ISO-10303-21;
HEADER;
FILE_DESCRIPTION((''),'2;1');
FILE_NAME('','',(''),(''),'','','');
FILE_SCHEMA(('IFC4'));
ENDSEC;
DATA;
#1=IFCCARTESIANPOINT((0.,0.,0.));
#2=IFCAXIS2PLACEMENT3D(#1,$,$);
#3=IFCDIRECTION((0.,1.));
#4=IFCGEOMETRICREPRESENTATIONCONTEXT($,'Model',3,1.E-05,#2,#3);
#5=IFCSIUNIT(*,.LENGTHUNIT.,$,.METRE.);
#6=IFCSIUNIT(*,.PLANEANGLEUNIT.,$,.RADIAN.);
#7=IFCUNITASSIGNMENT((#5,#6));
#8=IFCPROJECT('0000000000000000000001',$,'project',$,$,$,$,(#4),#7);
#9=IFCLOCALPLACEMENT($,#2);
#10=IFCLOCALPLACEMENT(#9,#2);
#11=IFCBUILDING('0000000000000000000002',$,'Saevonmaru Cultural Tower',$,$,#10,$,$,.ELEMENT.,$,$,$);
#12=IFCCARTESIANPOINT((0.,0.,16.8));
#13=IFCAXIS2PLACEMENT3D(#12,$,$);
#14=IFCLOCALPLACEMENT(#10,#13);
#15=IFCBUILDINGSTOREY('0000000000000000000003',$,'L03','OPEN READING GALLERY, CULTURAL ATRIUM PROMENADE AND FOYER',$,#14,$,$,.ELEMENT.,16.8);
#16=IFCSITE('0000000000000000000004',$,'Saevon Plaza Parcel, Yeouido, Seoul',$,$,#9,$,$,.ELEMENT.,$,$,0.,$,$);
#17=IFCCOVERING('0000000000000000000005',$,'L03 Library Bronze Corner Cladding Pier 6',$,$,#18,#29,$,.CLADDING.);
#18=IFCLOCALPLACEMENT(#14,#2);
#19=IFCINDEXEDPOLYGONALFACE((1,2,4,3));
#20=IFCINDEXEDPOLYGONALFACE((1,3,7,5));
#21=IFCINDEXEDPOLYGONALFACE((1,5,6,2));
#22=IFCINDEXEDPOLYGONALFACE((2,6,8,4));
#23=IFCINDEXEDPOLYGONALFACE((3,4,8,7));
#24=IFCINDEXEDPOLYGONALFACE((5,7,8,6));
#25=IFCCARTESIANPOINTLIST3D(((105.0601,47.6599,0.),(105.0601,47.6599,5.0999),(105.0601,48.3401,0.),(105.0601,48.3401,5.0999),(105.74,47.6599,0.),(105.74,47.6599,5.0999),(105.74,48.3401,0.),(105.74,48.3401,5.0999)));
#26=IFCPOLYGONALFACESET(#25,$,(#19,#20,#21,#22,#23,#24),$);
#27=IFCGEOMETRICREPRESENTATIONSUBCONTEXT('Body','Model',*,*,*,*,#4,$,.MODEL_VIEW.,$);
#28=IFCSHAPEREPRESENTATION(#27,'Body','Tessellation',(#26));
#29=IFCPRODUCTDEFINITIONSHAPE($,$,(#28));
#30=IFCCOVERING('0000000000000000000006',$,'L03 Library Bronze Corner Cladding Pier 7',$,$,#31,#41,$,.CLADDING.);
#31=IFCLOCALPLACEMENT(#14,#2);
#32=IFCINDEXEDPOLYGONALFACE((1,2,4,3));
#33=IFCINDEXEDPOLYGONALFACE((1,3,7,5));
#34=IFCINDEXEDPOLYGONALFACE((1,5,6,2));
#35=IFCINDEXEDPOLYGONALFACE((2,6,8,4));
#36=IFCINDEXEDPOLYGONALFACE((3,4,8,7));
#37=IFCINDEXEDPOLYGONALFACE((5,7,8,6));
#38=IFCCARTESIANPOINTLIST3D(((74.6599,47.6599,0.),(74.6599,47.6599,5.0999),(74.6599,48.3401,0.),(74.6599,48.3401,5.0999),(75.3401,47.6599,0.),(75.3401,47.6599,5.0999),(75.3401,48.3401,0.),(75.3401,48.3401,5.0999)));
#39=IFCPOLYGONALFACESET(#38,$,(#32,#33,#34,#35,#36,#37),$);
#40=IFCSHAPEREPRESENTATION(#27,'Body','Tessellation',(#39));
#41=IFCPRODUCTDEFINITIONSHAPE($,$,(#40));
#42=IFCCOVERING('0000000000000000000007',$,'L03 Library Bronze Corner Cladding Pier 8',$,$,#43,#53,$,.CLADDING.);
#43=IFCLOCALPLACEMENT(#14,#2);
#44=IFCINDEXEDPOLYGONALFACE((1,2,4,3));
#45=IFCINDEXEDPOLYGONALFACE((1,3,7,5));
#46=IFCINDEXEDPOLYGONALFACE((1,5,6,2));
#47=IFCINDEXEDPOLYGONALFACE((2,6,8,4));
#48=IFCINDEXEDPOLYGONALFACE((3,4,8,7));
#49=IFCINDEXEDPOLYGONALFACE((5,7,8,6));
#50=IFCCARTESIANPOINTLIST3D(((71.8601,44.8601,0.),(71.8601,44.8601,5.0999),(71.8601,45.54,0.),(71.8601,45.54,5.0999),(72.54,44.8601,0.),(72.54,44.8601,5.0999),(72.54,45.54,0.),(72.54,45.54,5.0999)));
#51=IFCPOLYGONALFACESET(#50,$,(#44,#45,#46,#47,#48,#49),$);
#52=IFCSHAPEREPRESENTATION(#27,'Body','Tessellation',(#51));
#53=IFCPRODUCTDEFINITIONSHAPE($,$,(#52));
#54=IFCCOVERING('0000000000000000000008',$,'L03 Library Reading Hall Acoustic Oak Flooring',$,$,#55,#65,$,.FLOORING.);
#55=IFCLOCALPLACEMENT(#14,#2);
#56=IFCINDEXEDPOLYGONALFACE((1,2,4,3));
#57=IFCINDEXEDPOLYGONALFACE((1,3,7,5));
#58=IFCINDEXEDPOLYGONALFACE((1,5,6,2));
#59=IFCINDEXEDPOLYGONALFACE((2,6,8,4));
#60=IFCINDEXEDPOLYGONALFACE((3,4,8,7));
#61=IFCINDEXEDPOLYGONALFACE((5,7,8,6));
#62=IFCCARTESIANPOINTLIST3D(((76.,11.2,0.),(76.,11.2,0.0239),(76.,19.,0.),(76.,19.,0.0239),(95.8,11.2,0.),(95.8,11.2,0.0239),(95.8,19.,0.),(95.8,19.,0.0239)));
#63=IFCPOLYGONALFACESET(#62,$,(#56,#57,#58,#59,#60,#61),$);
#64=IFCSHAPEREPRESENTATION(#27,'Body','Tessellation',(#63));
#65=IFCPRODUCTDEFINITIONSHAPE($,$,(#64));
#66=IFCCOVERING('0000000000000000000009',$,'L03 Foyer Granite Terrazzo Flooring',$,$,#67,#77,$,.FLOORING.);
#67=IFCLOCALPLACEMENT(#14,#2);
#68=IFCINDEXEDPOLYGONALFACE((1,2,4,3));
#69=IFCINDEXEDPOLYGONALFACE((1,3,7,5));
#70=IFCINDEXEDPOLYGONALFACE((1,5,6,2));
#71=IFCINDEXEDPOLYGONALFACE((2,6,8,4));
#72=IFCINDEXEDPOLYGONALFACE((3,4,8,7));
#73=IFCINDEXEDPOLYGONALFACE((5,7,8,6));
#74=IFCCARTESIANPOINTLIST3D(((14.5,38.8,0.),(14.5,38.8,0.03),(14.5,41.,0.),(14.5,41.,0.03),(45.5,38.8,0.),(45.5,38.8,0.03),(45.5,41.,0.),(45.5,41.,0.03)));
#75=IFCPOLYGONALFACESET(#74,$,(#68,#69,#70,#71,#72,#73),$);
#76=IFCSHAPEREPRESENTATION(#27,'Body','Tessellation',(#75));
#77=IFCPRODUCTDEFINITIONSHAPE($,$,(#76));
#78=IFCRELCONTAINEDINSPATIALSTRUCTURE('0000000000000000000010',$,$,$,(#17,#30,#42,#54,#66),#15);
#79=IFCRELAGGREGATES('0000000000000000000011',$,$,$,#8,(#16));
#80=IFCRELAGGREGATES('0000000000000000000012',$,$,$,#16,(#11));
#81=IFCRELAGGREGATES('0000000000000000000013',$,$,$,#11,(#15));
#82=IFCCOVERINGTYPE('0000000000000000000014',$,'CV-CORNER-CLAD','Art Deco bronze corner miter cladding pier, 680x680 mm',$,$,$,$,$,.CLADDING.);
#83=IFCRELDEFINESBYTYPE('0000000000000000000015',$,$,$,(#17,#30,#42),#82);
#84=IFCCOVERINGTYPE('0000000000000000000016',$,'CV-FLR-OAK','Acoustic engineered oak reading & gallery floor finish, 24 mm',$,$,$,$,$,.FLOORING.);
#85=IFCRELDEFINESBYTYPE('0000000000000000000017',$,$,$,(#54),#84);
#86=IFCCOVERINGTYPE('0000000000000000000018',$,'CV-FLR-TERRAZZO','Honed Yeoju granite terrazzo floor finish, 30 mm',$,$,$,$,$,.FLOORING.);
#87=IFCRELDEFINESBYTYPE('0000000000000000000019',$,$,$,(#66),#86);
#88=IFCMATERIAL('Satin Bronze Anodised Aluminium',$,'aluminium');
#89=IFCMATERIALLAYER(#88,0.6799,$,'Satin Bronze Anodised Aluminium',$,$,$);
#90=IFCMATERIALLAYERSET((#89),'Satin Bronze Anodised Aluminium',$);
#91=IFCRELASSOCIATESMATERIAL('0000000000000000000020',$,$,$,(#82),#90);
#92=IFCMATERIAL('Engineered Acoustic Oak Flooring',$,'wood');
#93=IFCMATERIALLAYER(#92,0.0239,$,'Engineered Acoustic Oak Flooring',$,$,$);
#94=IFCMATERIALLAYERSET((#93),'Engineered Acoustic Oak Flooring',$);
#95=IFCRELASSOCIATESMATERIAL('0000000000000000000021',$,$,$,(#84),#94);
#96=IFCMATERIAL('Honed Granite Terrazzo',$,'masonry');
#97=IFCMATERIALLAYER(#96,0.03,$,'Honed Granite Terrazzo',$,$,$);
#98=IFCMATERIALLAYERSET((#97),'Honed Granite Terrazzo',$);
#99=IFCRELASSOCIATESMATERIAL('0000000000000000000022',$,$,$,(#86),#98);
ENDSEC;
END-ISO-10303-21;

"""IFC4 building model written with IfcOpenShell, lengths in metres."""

from ifc_helpers import new_model, si_unit, direction, frame, origin, place, context, subcontext, project, spatial, polyline, outline, extrude, material, layer, layer_set, type_object, element, save


model = new_model("IFC4")

# Units and contexts
model_context = context("Model", 3, precision=1e-05, world=origin(), true_north=direction((0.0, 1.0)))
body_context = subcontext(model_context, "Body", "Model", "MODEL_VIEW")
ifc_project = project(units=[si_unit("LENGTHUNIT", "METRE"), si_unit("PLANEANGLEUNIT", "RADIAN")], contexts=[model_context])

# Site, building, storey
site_placement = place(None, origin())
site = spatial("IfcSite", under=ifc_project, at=site_placement, Name="Saevon Plaza Parcel, Yeouido, Seoul", CompositionType="ELEMENT", RefElevation=0.0)
building_placement = place(site_placement, origin())
building = spatial("IfcBuilding", under=site, at=building_placement, Name="Saevonmaru Cultural Tower", CompositionType="ELEMENT")
storey_placement = place(building_placement, frame((0.0, 0.0, 16.8)))
storey = spatial("IfcBuildingStorey", under=building, at=storey_placement, Name="L03", Description="OPEN READING GALLERY, CULTURAL ATRIUM PROMENADE AND FOYER", CompositionType="ELEMENT", Elevation=16.8)

# Shared definitions
ifc_material_1 = material(Name="Satin Bronze Anodised Aluminium", Category="aluminium")

# Coverings
ifc_layer_1 = layer(ifc_material_1, 0.6799, Name="Satin Bronze Anodised Aluminium")
ifc_layer_set_1 = layer_set([ifc_layer_1], Name="Satin Bronze Anodised Aluminium")
covering_type_1 = type_object("IfcCoveringType", Name="CV-CORNER-CLAD", Description="Art Deco bronze corner miter cladding pier, 680x680 mm", PredefinedType="CLADDING", material=ifc_layer_set_1)
covering_1_placement = place(storey_placement, origin())
element("IfcCovering", 1, at=covering_1_placement, inside=storey, type_object=covering_type_1, Name="L03 Library Bronze Corner Cladding Pier 6", PredefinedType="CLADDING", context=body_context, shape_type="SweptSolid", body=[
    extrude(outline(polyline([(105.0601, 47.6599), (105.74, 47.6599), (105.74, 48.3401), (105.0601, 48.3401), (105.0601, 47.6599)])), origin(), (0.0, 0.0, 1.0), 5.0999),
])
covering_2_placement = place(storey_placement, origin())
element("IfcCovering", 2, at=covering_2_placement, inside=storey, type_object=covering_type_1, Name="L03 Library Bronze Corner Cladding Pier 7", PredefinedType="CLADDING", context=body_context, shape_type="SweptSolid", body=[
    extrude(outline(polyline([(74.6599, 47.6599), (75.3401, 47.6599), (75.3401, 48.3401), (74.6599, 48.3401), (74.6599, 47.6599)])), origin(), (0.0, 0.0, 1.0), 5.0999),
])
covering_3_placement = place(storey_placement, origin())
element("IfcCovering", 3, at=covering_3_placement, inside=storey, type_object=covering_type_1, Name="L03 Library Bronze Corner Cladding Pier 8", PredefinedType="CLADDING", context=body_context, shape_type="SweptSolid", body=[
    extrude(outline(polyline([(71.8601, 44.8601), (72.54, 44.8601), (72.54, 45.54), (71.8601, 45.54), (71.8601, 44.8601)])), origin(), (0.0, 0.0, 1.0), 5.0999),
])
ifc_material_2 = material(Name="Engineered Acoustic Oak Flooring", Category="wood")
ifc_layer_2 = layer(ifc_material_2, 0.0239, Name="Engineered Acoustic Oak Flooring")
ifc_layer_set_2 = layer_set([ifc_layer_2], Name="Engineered Acoustic Oak Flooring")
covering_type_2 = type_object("IfcCoveringType", Name="CV-FLR-OAK", Description="Acoustic engineered oak reading & gallery floor finish, 24 mm", PredefinedType="FLOORING", material=ifc_layer_set_2)
covering_4_placement = place(storey_placement, origin())
element("IfcCovering", 4, at=covering_4_placement, inside=storey, type_object=covering_type_2, Name="L03 Library Reading Hall Acoustic Oak Flooring", PredefinedType="FLOORING", context=body_context, shape_type="SweptSolid", body=[
    extrude(outline(polyline([(76.0, 11.2), (95.8, 11.2), (95.8, 19.0), (76.0, 19.0), (76.0, 11.2)])), origin(), (0.0, 0.0, 1.0), 0.0239),
])
ifc_material_3 = material(Name="Honed Granite Terrazzo", Category="masonry")
ifc_layer_3 = layer(ifc_material_3, 0.03, Name="Honed Granite Terrazzo")
ifc_layer_set_3 = layer_set([ifc_layer_3], Name="Honed Granite Terrazzo")
covering_type_3 = type_object("IfcCoveringType", Name="CV-FLR-TERRAZZO", Description="Honed Yeoju granite terrazzo floor finish, 30 mm", PredefinedType="FLOORING", material=ifc_layer_set_3)
covering_5_placement = place(storey_placement, origin())
element("IfcCovering", 5, at=covering_5_placement, inside=storey, type_object=covering_type_3, Name="L03 Foyer Granite Terrazzo Flooring", PredefinedType="FLOORING", context=body_context, shape_type="SweptSolid", body=[
    extrude(outline(polyline([(14.5, 38.8), (45.5, 38.8), (45.5, 41.0), (14.5, 41.0), (14.5, 38.8)])), origin(), (0.0, 0.0, 1.0), 0.03),
])

save(model, "model.ifc")
